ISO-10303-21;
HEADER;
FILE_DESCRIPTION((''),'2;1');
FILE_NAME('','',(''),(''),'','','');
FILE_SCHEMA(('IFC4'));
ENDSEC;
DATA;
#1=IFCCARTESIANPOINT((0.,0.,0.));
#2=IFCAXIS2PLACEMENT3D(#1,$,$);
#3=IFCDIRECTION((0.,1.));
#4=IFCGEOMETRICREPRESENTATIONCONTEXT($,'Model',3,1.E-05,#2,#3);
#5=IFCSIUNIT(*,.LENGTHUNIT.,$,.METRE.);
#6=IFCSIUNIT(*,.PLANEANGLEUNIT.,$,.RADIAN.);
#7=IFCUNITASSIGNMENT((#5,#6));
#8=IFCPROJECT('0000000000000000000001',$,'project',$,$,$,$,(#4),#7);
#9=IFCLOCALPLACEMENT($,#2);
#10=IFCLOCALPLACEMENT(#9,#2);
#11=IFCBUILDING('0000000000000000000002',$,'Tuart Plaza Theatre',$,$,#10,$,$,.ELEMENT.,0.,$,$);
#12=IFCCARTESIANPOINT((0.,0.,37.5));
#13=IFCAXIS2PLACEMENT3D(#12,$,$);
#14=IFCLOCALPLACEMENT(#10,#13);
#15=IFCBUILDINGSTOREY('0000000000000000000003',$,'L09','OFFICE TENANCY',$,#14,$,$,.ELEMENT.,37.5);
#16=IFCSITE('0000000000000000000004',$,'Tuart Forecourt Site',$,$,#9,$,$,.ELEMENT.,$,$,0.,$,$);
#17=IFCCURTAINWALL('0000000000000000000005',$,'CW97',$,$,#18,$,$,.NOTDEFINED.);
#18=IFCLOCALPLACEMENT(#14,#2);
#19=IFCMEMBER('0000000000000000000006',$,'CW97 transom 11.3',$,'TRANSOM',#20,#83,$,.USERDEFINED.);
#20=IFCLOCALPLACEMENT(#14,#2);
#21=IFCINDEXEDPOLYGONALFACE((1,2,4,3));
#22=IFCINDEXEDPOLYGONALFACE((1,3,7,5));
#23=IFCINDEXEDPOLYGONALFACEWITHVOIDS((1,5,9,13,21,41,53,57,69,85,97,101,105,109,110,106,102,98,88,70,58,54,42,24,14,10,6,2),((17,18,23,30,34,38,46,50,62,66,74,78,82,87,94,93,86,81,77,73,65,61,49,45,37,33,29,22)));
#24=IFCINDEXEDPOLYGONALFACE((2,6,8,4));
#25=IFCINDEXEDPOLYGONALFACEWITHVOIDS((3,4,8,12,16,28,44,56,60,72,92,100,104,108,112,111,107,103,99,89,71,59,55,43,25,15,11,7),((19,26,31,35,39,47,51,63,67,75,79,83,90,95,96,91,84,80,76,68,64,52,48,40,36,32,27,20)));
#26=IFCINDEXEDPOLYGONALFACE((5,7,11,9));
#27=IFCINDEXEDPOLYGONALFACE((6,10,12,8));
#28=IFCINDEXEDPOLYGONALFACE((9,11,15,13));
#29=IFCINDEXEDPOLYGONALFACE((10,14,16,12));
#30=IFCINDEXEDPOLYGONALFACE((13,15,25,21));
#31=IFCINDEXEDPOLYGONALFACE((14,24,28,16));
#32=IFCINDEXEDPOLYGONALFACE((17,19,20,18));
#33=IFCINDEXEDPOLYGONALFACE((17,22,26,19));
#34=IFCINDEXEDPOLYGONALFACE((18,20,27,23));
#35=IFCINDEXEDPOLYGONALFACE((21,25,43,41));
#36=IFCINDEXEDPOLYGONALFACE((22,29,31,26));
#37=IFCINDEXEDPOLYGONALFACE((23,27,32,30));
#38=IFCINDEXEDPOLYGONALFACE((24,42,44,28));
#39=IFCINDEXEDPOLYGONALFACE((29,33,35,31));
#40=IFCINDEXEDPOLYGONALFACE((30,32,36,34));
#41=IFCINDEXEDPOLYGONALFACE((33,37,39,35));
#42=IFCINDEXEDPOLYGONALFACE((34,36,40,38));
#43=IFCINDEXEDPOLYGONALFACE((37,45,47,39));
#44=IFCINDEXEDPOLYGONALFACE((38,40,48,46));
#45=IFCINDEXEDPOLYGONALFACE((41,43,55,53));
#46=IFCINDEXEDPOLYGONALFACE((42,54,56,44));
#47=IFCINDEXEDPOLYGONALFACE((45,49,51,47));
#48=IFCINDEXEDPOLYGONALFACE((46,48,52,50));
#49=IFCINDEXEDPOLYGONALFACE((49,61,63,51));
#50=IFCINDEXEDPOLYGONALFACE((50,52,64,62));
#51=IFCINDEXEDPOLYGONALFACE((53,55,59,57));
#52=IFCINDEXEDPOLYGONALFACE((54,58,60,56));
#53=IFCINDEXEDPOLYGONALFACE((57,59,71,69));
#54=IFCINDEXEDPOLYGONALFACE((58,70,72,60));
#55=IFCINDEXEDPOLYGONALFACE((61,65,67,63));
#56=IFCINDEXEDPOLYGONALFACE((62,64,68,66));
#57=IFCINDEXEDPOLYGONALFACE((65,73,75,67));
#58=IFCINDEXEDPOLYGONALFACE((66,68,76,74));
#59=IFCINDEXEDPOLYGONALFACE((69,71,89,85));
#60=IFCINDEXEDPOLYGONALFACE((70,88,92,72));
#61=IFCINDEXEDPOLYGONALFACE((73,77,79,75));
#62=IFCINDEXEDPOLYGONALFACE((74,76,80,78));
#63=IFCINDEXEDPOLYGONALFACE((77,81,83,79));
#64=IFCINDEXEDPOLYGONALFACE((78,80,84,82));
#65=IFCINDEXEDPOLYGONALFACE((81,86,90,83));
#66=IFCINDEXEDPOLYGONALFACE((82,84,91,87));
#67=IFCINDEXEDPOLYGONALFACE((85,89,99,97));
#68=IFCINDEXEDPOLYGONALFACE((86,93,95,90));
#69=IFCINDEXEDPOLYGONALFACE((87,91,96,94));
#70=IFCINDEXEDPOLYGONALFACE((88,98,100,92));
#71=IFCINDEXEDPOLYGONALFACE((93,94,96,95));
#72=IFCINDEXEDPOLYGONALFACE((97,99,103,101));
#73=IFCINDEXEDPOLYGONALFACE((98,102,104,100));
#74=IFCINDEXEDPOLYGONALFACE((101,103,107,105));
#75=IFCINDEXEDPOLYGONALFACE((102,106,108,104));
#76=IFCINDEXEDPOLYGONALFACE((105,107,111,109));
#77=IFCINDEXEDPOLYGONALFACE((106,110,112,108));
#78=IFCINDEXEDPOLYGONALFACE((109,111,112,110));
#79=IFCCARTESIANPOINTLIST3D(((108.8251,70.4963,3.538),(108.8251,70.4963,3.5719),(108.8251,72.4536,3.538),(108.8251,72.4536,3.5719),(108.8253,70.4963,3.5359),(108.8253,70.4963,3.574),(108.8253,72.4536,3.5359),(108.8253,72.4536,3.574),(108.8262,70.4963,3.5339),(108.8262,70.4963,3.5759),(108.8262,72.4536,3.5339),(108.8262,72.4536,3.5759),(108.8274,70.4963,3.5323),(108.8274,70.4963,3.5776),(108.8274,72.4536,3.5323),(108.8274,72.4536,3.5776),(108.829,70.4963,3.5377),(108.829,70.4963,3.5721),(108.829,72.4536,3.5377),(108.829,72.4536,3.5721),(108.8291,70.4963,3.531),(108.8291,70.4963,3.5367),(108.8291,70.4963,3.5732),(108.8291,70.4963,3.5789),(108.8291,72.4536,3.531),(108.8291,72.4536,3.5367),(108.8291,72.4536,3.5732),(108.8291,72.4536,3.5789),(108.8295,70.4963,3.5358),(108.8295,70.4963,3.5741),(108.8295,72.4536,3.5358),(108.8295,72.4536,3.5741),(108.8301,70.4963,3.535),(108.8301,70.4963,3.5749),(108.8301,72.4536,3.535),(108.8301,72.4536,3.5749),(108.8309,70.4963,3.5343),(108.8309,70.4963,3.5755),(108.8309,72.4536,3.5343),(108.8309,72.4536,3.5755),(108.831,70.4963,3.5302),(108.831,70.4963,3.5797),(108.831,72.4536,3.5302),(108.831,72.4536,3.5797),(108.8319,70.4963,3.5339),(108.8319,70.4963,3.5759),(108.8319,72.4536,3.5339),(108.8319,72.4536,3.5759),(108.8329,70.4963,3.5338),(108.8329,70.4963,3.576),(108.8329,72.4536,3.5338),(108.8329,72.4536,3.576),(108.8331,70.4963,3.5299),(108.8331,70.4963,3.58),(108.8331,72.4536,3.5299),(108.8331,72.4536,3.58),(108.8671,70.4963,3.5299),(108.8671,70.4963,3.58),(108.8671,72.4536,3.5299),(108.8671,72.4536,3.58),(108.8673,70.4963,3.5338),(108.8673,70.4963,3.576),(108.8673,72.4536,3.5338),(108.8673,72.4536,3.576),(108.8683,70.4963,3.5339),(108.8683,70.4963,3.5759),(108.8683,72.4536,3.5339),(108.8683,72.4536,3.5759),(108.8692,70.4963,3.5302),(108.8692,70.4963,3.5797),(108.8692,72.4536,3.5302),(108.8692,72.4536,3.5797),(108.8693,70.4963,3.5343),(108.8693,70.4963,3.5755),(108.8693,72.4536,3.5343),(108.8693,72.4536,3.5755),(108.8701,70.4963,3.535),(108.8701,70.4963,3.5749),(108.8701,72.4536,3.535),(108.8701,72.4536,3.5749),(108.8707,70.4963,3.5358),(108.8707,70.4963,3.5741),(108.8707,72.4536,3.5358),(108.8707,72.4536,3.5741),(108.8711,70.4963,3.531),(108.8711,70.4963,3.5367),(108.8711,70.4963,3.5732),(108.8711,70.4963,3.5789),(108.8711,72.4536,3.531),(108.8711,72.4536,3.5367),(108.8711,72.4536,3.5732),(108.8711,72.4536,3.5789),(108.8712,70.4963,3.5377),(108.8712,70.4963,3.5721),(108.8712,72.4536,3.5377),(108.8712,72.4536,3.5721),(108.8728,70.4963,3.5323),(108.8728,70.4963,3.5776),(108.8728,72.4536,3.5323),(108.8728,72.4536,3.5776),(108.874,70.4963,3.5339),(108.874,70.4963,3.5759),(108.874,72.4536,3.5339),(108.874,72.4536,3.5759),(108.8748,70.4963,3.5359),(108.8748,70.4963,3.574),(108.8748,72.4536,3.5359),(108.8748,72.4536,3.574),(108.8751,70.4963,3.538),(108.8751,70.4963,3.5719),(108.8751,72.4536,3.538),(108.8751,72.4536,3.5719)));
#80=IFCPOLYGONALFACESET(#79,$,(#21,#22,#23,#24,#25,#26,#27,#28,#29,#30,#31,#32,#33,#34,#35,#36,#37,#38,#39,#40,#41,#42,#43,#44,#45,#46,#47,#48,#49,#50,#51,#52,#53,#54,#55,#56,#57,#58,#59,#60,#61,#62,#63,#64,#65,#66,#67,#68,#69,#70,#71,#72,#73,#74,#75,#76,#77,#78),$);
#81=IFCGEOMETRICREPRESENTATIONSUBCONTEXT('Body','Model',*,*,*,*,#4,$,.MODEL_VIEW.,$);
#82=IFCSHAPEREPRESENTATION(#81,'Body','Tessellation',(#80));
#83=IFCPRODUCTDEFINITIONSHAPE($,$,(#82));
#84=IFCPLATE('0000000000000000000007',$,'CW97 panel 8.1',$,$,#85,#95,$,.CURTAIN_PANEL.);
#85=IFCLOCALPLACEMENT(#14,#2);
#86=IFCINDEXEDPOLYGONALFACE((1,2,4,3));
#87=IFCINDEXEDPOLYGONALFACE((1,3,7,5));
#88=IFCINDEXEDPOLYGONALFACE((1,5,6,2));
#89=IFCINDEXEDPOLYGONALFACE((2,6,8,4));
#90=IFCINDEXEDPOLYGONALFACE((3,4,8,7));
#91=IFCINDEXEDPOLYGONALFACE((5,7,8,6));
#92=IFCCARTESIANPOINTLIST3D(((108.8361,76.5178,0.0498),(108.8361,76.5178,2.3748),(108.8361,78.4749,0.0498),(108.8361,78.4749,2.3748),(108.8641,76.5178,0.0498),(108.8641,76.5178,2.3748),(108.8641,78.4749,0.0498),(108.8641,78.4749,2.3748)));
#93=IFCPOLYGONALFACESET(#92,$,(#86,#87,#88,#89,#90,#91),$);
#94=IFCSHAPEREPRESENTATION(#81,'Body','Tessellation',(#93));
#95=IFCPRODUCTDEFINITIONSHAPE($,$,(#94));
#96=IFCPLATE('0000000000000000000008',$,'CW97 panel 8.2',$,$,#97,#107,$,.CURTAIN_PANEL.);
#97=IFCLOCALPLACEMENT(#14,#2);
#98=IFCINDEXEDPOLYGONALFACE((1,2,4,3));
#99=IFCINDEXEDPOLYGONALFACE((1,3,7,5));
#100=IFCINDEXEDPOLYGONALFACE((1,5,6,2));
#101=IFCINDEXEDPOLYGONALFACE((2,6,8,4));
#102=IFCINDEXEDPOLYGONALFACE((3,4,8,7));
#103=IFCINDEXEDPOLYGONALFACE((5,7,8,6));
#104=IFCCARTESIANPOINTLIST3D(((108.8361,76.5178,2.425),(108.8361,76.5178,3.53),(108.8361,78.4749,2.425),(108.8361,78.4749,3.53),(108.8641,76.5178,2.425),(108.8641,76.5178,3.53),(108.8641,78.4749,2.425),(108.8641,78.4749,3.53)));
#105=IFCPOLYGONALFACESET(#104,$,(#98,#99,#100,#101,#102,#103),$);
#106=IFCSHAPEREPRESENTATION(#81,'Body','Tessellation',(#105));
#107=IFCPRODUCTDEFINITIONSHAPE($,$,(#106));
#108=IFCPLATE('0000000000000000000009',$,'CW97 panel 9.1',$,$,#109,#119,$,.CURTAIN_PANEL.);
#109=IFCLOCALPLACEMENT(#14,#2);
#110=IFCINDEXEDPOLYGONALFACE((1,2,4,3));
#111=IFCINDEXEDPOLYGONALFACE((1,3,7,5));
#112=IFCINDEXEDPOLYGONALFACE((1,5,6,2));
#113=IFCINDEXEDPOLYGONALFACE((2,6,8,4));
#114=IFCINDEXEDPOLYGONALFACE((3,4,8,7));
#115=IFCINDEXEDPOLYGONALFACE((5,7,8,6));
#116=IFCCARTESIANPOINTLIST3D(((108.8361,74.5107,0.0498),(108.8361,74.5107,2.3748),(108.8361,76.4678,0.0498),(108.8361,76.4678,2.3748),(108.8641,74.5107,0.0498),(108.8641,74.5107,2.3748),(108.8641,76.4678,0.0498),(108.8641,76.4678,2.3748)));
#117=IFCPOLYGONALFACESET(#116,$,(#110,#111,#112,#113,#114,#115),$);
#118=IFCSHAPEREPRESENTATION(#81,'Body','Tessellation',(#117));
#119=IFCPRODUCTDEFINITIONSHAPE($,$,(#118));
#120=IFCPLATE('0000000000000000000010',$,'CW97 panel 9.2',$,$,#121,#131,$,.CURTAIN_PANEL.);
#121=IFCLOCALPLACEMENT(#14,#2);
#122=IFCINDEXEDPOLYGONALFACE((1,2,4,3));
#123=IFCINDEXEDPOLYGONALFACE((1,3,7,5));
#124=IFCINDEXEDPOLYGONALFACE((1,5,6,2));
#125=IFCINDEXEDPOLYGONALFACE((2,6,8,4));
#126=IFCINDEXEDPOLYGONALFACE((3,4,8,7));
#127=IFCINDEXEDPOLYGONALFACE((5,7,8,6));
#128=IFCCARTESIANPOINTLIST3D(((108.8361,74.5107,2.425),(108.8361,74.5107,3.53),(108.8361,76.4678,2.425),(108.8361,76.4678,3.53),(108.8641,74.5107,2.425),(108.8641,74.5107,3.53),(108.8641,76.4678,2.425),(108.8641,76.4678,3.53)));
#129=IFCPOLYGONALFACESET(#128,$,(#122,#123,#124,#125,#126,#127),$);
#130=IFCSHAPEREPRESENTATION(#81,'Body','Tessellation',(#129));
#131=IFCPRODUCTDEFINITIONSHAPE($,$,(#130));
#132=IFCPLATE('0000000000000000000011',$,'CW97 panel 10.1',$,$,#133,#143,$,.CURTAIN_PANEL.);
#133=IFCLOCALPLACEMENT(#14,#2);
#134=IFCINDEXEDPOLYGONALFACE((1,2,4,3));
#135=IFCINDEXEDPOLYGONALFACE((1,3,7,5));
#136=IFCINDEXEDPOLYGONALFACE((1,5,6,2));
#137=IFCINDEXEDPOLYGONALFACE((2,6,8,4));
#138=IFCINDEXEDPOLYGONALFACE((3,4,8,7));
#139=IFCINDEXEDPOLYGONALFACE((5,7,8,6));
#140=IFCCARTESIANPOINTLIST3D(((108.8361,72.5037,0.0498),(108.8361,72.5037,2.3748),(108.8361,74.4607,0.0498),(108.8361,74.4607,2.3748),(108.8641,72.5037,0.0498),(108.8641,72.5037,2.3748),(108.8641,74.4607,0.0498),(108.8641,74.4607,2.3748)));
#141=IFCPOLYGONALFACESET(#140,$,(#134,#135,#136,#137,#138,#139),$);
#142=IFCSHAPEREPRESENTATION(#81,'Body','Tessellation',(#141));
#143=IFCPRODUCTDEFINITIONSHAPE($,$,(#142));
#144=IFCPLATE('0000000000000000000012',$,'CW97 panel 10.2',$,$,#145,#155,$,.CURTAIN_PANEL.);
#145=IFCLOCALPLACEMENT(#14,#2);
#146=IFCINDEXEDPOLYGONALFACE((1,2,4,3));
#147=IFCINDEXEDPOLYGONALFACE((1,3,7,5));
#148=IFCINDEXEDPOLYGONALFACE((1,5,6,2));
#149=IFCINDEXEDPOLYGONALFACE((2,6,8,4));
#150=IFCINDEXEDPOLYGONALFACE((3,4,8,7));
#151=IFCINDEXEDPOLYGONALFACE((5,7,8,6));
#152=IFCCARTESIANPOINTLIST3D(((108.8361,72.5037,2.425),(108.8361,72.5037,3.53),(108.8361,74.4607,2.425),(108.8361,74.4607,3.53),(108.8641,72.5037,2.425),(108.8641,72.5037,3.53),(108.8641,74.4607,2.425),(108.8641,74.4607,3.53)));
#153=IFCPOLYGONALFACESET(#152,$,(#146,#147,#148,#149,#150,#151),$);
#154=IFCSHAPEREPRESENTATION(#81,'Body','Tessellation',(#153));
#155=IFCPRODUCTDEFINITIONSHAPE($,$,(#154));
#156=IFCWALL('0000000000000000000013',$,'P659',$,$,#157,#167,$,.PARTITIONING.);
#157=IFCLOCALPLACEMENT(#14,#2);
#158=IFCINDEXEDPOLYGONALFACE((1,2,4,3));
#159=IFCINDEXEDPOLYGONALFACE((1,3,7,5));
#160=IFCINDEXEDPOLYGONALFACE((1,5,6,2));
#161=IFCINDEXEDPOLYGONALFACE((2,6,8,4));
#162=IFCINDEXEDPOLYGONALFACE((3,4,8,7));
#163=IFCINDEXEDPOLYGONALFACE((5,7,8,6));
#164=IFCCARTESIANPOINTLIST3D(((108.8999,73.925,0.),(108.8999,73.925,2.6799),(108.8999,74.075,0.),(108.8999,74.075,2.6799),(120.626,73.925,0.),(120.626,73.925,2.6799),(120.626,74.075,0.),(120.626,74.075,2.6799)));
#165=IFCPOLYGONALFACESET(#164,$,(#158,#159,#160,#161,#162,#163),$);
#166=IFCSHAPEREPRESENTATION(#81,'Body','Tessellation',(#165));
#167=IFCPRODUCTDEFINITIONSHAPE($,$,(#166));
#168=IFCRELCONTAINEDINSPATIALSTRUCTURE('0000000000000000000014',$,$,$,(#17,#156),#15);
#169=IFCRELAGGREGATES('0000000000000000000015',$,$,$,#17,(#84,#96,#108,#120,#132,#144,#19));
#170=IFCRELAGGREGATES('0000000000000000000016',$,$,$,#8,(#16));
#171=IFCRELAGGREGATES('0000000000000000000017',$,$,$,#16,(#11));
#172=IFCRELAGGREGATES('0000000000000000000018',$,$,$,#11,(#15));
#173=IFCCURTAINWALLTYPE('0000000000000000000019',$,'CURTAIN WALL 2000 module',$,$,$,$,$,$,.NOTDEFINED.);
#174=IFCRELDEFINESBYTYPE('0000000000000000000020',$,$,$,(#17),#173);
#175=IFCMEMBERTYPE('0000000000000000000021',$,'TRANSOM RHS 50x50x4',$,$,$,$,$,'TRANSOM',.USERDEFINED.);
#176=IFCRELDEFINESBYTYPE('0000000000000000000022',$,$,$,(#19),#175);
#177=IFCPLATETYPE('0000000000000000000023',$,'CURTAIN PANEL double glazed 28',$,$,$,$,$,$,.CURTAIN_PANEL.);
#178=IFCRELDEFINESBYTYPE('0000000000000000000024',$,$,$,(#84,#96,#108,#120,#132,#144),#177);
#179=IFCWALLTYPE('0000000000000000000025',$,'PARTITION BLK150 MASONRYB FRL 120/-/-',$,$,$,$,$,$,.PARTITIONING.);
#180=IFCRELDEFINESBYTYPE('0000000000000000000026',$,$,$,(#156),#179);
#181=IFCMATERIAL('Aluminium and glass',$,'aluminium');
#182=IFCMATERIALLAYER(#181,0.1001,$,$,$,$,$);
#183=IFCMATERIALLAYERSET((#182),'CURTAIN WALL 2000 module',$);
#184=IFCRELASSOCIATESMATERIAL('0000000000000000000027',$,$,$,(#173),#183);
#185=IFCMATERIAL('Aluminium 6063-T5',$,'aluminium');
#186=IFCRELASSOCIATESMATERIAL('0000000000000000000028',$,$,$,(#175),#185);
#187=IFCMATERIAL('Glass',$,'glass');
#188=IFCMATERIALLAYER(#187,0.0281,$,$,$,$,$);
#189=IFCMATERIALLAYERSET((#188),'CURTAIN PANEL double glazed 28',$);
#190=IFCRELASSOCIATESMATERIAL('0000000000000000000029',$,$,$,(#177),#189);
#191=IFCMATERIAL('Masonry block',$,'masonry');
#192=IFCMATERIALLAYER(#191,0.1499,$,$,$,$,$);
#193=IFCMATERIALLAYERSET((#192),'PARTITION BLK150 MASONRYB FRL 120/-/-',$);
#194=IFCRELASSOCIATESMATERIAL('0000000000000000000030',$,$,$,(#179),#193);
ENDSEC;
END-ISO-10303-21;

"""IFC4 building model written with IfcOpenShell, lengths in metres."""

from ifc_helpers import new_model, si_unit, direction, frame, frame_2d, origin, origin_2d, place, context, subcontext, project, spatial, rectangle, hollow_rectangle, extrude, material, layer, layer_set, material_profile, profile_set, type_object, element, aggregate, save


model = new_model("IFC4")

# Units and contexts
model_context = context("Model", 3, precision=1e-05, world=origin(), true_north=direction((0.0, 1.0)))
body_context = subcontext(model_context, "Body", "Model", "MODEL_VIEW")
ifc_project = project(units=[si_unit("LENGTHUNIT", "METRE"), si_unit("PLANEANGLEUNIT", "RADIAN")], contexts=[model_context])

# Site, building, storey
site_placement = place(None, origin())
site = spatial("IfcSite", under=ifc_project, at=site_placement, Name="Tuart Forecourt Site", CompositionType="ELEMENT", RefElevation=0.0)
building_placement = place(site_placement, origin())
building = spatial("IfcBuilding", under=site, at=building_placement, Name="Tuart Plaza Theatre", CompositionType="ELEMENT", ElevationOfRefHeight=0.0)
storey_placement = place(building_placement, frame((0.0, 0.0, 37.5)))
storey = spatial("IfcBuildingStorey", under=building, at=storey_placement, Name="L09", Description="OFFICE TENANCY", CompositionType="ELEMENT", Elevation=37.5)

# Curtain wall, member, plates
ifc_material_1 = material(Name="Aluminium and glass", Category="aluminium")
ifc_layer_1 = layer(ifc_material_1, 0.1001)
ifc_layer_set_1 = layer_set([ifc_layer_1], Name="CURTAIN WALL 2000 module")
curtain_wall_type = type_object("IfcCurtainWallType", Name="CURTAIN WALL 2000 module", PredefinedType="NOTDEFINED", material=ifc_layer_set_1)
curtain_wall_placement = place(storey_placement, origin())
curtain_wall = element("IfcCurtainWall", 1, at=curtain_wall_placement, inside=storey, type_object=curtain_wall_type, Name="CW97", PredefinedType="NOTDEFINED")
ifc_material_2 = material(Name="Aluminium 6063-T5", Category="aluminium")
ifc_material_profile_1 = material_profile(ifc_material_2, hollow_rectangle(XDim=0.05, YDim=0.05, WallThickness=0.0039, InnerFilletRadius=0.0039, OuterFilletRadius=0.0081, at=origin_2d()), Name="RHS 50x50x4")
ifc_profile_set_1 = profile_set([ifc_material_profile_1], Name="Aluminium 6063-T5")
member_type = type_object("IfcMemberType", Name="TRANSOM RHS 50x50x4", ElementType="TRANSOM", PredefinedType="USERDEFINED", material=ifc_profile_set_1)
member_1_placement = place(storey_placement, frame((108.8501, 72.4536, 3.5549), z_axis=(0.0, -1.0, 0.0), x_axis=(1.0, 0.0, 0.0)))
member_1 = element("IfcMember", 2, at=member_1_placement, type_object=member_type, Name="CW97 transom 11.3", ObjectType="TRANSOM", PredefinedType="USERDEFINED", context=body_context, shape_type="SweptSolid", body=[
    extrude(hollow_rectangle(XDim=0.05, YDim=0.05, WallThickness=0.0039, InnerFilletRadius=0.0039, OuterFilletRadius=0.0081, at=origin_2d()), origin(), (0.0, 0.0, 1.0), 1.9573),
])
ifc_material_3 = material(Name="Glass", Category="glass")
ifc_layer_2 = layer(ifc_material_3, 0.0281)
ifc_layer_set_2 = layer_set([ifc_layer_2], Name="CURTAIN PANEL double glazed 28")
plate_type = type_object("IfcPlateType", Name="CURTAIN PANEL double glazed 28", PredefinedType="CURTAIN_PANEL", material=ifc_layer_set_2)
plate_1_placement = place(storey_placement, frame((108.8501, 77.4963, 0.0498), z_axis=(0.0, 0.0, 1.0), x_axis=(0.0, -1.0, 0.0)))
plate_1 = element("IfcPlate", 3, at=plate_1_placement, type_object=plate_type, Name="CW97 panel 8.1", PredefinedType="CURTAIN_PANEL", context=body_context, shape_type="SweptSolid", body=[
    extrude(rectangle(XDim=1.957, YDim=0.0281, at=origin_2d()), origin(), (0.0, 0.0, 1.0), 2.325),
])
plate_2_placement = place(storey_placement, frame((108.8501, 77.4963, 2.425), z_axis=(0.0, 0.0, 1.0), x_axis=(0.0, -1.0, 0.0)))
plate_2 = element("IfcPlate", 4, at=plate_2_placement, type_object=plate_type, Name="CW97 panel 8.2", PredefinedType="CURTAIN_PANEL", context=body_context, shape_type="SweptSolid", body=[
    extrude(rectangle(XDim=1.957, YDim=0.0281, at=origin_2d()), origin(), (0.0, 0.0, 1.0), 1.105),
])
plate_3_placement = place(storey_placement, frame((108.8501, 75.4893, 0.0498), z_axis=(0.0, 0.0, 1.0), x_axis=(0.0, -1.0, 0.0)))
plate_3 = element("IfcPlate", 5, at=plate_3_placement, type_object=plate_type, Name="CW97 panel 9.1", PredefinedType="CURTAIN_PANEL", context=body_context, shape_type="SweptSolid", body=[
    extrude(rectangle(XDim=1.957, YDim=0.0281, at=origin_2d()), origin(), (0.0, 0.0, 1.0), 2.325),
])
plate_4_placement = place(storey_placement, frame((108.8501, 75.4893, 2.425), z_axis=(0.0, 0.0, 1.0), x_axis=(0.0, -1.0, 0.0)))
plate_4 = element("IfcPlate", 6, at=plate_4_placement, type_object=plate_type, Name="CW97 panel 9.2", PredefinedType="CURTAIN_PANEL", context=body_context, shape_type="SweptSolid", body=[
    extrude(rectangle(XDim=1.957, YDim=0.0281, at=origin_2d()), origin(), (0.0, 0.0, 1.0), 1.105),
])
plate_5_placement = place(storey_placement, frame((108.8501, 73.4822, 0.0498), z_axis=(0.0, 0.0, 1.0), x_axis=(0.0, -1.0, 0.0)))
plate_5 = element("IfcPlate", 7, at=plate_5_placement, type_object=plate_type, Name="CW97 panel 10.1", PredefinedType="CURTAIN_PANEL", context=body_context, shape_type="SweptSolid", body=[
    extrude(rectangle(XDim=1.957, YDim=0.0281, at=origin_2d()), origin(), (0.0, 0.0, 1.0), 2.325),
])
plate_6_placement = place(storey_placement, frame((108.8501, 73.4822, 2.425), z_axis=(0.0, 0.0, 1.0), x_axis=(0.0, -1.0, 0.0)))
plate_6 = element("IfcPlate", 8, at=plate_6_placement, type_object=plate_type, Name="CW97 panel 10.2", PredefinedType="CURTAIN_PANEL", context=body_context, shape_type="SweptSolid", body=[
    extrude(rectangle(XDim=1.957, YDim=0.0281, at=origin_2d()), origin(), (0.0, 0.0, 1.0), 1.105),
])
aggregate(curtain_wall, [plate_1, plate_2, plate_3, plate_4, plate_5, plate_6, member_1])

# Wall
ifc_material_4 = material(Name="Masonry block", Category="masonry")
ifc_layer_3 = layer(ifc_material_4, 0.1499)
ifc_layer_set_3 = layer_set([ifc_layer_3], Name="PARTITION BLK150 MASONRYB FRL 120/-/-")
wall_type = type_object("IfcWallType", Name="PARTITION BLK150 MASONRYB FRL 120/-/-", PredefinedType="PARTITIONING", material=ifc_layer_set_3)
wall_placement = place(storey_placement, frame((108.8999, 74.0, 0.0), z_axis=(0.0, 0.0, 1.0), x_axis=(1.0, 0.0, 0.0)))
element("IfcWall", 9, at=wall_placement, inside=storey, type_object=wall_type, Name="P659", PredefinedType="PARTITIONING", context=body_context, shape_type="SweptSolid", body=[
    extrude(rectangle(XDim=11.7261, YDim=0.1499, at=frame_2d((5.863, 0.0))), origin(), (0.0, 0.0, 1.0), 2.6799),
])

save(model, "model.ifc")
